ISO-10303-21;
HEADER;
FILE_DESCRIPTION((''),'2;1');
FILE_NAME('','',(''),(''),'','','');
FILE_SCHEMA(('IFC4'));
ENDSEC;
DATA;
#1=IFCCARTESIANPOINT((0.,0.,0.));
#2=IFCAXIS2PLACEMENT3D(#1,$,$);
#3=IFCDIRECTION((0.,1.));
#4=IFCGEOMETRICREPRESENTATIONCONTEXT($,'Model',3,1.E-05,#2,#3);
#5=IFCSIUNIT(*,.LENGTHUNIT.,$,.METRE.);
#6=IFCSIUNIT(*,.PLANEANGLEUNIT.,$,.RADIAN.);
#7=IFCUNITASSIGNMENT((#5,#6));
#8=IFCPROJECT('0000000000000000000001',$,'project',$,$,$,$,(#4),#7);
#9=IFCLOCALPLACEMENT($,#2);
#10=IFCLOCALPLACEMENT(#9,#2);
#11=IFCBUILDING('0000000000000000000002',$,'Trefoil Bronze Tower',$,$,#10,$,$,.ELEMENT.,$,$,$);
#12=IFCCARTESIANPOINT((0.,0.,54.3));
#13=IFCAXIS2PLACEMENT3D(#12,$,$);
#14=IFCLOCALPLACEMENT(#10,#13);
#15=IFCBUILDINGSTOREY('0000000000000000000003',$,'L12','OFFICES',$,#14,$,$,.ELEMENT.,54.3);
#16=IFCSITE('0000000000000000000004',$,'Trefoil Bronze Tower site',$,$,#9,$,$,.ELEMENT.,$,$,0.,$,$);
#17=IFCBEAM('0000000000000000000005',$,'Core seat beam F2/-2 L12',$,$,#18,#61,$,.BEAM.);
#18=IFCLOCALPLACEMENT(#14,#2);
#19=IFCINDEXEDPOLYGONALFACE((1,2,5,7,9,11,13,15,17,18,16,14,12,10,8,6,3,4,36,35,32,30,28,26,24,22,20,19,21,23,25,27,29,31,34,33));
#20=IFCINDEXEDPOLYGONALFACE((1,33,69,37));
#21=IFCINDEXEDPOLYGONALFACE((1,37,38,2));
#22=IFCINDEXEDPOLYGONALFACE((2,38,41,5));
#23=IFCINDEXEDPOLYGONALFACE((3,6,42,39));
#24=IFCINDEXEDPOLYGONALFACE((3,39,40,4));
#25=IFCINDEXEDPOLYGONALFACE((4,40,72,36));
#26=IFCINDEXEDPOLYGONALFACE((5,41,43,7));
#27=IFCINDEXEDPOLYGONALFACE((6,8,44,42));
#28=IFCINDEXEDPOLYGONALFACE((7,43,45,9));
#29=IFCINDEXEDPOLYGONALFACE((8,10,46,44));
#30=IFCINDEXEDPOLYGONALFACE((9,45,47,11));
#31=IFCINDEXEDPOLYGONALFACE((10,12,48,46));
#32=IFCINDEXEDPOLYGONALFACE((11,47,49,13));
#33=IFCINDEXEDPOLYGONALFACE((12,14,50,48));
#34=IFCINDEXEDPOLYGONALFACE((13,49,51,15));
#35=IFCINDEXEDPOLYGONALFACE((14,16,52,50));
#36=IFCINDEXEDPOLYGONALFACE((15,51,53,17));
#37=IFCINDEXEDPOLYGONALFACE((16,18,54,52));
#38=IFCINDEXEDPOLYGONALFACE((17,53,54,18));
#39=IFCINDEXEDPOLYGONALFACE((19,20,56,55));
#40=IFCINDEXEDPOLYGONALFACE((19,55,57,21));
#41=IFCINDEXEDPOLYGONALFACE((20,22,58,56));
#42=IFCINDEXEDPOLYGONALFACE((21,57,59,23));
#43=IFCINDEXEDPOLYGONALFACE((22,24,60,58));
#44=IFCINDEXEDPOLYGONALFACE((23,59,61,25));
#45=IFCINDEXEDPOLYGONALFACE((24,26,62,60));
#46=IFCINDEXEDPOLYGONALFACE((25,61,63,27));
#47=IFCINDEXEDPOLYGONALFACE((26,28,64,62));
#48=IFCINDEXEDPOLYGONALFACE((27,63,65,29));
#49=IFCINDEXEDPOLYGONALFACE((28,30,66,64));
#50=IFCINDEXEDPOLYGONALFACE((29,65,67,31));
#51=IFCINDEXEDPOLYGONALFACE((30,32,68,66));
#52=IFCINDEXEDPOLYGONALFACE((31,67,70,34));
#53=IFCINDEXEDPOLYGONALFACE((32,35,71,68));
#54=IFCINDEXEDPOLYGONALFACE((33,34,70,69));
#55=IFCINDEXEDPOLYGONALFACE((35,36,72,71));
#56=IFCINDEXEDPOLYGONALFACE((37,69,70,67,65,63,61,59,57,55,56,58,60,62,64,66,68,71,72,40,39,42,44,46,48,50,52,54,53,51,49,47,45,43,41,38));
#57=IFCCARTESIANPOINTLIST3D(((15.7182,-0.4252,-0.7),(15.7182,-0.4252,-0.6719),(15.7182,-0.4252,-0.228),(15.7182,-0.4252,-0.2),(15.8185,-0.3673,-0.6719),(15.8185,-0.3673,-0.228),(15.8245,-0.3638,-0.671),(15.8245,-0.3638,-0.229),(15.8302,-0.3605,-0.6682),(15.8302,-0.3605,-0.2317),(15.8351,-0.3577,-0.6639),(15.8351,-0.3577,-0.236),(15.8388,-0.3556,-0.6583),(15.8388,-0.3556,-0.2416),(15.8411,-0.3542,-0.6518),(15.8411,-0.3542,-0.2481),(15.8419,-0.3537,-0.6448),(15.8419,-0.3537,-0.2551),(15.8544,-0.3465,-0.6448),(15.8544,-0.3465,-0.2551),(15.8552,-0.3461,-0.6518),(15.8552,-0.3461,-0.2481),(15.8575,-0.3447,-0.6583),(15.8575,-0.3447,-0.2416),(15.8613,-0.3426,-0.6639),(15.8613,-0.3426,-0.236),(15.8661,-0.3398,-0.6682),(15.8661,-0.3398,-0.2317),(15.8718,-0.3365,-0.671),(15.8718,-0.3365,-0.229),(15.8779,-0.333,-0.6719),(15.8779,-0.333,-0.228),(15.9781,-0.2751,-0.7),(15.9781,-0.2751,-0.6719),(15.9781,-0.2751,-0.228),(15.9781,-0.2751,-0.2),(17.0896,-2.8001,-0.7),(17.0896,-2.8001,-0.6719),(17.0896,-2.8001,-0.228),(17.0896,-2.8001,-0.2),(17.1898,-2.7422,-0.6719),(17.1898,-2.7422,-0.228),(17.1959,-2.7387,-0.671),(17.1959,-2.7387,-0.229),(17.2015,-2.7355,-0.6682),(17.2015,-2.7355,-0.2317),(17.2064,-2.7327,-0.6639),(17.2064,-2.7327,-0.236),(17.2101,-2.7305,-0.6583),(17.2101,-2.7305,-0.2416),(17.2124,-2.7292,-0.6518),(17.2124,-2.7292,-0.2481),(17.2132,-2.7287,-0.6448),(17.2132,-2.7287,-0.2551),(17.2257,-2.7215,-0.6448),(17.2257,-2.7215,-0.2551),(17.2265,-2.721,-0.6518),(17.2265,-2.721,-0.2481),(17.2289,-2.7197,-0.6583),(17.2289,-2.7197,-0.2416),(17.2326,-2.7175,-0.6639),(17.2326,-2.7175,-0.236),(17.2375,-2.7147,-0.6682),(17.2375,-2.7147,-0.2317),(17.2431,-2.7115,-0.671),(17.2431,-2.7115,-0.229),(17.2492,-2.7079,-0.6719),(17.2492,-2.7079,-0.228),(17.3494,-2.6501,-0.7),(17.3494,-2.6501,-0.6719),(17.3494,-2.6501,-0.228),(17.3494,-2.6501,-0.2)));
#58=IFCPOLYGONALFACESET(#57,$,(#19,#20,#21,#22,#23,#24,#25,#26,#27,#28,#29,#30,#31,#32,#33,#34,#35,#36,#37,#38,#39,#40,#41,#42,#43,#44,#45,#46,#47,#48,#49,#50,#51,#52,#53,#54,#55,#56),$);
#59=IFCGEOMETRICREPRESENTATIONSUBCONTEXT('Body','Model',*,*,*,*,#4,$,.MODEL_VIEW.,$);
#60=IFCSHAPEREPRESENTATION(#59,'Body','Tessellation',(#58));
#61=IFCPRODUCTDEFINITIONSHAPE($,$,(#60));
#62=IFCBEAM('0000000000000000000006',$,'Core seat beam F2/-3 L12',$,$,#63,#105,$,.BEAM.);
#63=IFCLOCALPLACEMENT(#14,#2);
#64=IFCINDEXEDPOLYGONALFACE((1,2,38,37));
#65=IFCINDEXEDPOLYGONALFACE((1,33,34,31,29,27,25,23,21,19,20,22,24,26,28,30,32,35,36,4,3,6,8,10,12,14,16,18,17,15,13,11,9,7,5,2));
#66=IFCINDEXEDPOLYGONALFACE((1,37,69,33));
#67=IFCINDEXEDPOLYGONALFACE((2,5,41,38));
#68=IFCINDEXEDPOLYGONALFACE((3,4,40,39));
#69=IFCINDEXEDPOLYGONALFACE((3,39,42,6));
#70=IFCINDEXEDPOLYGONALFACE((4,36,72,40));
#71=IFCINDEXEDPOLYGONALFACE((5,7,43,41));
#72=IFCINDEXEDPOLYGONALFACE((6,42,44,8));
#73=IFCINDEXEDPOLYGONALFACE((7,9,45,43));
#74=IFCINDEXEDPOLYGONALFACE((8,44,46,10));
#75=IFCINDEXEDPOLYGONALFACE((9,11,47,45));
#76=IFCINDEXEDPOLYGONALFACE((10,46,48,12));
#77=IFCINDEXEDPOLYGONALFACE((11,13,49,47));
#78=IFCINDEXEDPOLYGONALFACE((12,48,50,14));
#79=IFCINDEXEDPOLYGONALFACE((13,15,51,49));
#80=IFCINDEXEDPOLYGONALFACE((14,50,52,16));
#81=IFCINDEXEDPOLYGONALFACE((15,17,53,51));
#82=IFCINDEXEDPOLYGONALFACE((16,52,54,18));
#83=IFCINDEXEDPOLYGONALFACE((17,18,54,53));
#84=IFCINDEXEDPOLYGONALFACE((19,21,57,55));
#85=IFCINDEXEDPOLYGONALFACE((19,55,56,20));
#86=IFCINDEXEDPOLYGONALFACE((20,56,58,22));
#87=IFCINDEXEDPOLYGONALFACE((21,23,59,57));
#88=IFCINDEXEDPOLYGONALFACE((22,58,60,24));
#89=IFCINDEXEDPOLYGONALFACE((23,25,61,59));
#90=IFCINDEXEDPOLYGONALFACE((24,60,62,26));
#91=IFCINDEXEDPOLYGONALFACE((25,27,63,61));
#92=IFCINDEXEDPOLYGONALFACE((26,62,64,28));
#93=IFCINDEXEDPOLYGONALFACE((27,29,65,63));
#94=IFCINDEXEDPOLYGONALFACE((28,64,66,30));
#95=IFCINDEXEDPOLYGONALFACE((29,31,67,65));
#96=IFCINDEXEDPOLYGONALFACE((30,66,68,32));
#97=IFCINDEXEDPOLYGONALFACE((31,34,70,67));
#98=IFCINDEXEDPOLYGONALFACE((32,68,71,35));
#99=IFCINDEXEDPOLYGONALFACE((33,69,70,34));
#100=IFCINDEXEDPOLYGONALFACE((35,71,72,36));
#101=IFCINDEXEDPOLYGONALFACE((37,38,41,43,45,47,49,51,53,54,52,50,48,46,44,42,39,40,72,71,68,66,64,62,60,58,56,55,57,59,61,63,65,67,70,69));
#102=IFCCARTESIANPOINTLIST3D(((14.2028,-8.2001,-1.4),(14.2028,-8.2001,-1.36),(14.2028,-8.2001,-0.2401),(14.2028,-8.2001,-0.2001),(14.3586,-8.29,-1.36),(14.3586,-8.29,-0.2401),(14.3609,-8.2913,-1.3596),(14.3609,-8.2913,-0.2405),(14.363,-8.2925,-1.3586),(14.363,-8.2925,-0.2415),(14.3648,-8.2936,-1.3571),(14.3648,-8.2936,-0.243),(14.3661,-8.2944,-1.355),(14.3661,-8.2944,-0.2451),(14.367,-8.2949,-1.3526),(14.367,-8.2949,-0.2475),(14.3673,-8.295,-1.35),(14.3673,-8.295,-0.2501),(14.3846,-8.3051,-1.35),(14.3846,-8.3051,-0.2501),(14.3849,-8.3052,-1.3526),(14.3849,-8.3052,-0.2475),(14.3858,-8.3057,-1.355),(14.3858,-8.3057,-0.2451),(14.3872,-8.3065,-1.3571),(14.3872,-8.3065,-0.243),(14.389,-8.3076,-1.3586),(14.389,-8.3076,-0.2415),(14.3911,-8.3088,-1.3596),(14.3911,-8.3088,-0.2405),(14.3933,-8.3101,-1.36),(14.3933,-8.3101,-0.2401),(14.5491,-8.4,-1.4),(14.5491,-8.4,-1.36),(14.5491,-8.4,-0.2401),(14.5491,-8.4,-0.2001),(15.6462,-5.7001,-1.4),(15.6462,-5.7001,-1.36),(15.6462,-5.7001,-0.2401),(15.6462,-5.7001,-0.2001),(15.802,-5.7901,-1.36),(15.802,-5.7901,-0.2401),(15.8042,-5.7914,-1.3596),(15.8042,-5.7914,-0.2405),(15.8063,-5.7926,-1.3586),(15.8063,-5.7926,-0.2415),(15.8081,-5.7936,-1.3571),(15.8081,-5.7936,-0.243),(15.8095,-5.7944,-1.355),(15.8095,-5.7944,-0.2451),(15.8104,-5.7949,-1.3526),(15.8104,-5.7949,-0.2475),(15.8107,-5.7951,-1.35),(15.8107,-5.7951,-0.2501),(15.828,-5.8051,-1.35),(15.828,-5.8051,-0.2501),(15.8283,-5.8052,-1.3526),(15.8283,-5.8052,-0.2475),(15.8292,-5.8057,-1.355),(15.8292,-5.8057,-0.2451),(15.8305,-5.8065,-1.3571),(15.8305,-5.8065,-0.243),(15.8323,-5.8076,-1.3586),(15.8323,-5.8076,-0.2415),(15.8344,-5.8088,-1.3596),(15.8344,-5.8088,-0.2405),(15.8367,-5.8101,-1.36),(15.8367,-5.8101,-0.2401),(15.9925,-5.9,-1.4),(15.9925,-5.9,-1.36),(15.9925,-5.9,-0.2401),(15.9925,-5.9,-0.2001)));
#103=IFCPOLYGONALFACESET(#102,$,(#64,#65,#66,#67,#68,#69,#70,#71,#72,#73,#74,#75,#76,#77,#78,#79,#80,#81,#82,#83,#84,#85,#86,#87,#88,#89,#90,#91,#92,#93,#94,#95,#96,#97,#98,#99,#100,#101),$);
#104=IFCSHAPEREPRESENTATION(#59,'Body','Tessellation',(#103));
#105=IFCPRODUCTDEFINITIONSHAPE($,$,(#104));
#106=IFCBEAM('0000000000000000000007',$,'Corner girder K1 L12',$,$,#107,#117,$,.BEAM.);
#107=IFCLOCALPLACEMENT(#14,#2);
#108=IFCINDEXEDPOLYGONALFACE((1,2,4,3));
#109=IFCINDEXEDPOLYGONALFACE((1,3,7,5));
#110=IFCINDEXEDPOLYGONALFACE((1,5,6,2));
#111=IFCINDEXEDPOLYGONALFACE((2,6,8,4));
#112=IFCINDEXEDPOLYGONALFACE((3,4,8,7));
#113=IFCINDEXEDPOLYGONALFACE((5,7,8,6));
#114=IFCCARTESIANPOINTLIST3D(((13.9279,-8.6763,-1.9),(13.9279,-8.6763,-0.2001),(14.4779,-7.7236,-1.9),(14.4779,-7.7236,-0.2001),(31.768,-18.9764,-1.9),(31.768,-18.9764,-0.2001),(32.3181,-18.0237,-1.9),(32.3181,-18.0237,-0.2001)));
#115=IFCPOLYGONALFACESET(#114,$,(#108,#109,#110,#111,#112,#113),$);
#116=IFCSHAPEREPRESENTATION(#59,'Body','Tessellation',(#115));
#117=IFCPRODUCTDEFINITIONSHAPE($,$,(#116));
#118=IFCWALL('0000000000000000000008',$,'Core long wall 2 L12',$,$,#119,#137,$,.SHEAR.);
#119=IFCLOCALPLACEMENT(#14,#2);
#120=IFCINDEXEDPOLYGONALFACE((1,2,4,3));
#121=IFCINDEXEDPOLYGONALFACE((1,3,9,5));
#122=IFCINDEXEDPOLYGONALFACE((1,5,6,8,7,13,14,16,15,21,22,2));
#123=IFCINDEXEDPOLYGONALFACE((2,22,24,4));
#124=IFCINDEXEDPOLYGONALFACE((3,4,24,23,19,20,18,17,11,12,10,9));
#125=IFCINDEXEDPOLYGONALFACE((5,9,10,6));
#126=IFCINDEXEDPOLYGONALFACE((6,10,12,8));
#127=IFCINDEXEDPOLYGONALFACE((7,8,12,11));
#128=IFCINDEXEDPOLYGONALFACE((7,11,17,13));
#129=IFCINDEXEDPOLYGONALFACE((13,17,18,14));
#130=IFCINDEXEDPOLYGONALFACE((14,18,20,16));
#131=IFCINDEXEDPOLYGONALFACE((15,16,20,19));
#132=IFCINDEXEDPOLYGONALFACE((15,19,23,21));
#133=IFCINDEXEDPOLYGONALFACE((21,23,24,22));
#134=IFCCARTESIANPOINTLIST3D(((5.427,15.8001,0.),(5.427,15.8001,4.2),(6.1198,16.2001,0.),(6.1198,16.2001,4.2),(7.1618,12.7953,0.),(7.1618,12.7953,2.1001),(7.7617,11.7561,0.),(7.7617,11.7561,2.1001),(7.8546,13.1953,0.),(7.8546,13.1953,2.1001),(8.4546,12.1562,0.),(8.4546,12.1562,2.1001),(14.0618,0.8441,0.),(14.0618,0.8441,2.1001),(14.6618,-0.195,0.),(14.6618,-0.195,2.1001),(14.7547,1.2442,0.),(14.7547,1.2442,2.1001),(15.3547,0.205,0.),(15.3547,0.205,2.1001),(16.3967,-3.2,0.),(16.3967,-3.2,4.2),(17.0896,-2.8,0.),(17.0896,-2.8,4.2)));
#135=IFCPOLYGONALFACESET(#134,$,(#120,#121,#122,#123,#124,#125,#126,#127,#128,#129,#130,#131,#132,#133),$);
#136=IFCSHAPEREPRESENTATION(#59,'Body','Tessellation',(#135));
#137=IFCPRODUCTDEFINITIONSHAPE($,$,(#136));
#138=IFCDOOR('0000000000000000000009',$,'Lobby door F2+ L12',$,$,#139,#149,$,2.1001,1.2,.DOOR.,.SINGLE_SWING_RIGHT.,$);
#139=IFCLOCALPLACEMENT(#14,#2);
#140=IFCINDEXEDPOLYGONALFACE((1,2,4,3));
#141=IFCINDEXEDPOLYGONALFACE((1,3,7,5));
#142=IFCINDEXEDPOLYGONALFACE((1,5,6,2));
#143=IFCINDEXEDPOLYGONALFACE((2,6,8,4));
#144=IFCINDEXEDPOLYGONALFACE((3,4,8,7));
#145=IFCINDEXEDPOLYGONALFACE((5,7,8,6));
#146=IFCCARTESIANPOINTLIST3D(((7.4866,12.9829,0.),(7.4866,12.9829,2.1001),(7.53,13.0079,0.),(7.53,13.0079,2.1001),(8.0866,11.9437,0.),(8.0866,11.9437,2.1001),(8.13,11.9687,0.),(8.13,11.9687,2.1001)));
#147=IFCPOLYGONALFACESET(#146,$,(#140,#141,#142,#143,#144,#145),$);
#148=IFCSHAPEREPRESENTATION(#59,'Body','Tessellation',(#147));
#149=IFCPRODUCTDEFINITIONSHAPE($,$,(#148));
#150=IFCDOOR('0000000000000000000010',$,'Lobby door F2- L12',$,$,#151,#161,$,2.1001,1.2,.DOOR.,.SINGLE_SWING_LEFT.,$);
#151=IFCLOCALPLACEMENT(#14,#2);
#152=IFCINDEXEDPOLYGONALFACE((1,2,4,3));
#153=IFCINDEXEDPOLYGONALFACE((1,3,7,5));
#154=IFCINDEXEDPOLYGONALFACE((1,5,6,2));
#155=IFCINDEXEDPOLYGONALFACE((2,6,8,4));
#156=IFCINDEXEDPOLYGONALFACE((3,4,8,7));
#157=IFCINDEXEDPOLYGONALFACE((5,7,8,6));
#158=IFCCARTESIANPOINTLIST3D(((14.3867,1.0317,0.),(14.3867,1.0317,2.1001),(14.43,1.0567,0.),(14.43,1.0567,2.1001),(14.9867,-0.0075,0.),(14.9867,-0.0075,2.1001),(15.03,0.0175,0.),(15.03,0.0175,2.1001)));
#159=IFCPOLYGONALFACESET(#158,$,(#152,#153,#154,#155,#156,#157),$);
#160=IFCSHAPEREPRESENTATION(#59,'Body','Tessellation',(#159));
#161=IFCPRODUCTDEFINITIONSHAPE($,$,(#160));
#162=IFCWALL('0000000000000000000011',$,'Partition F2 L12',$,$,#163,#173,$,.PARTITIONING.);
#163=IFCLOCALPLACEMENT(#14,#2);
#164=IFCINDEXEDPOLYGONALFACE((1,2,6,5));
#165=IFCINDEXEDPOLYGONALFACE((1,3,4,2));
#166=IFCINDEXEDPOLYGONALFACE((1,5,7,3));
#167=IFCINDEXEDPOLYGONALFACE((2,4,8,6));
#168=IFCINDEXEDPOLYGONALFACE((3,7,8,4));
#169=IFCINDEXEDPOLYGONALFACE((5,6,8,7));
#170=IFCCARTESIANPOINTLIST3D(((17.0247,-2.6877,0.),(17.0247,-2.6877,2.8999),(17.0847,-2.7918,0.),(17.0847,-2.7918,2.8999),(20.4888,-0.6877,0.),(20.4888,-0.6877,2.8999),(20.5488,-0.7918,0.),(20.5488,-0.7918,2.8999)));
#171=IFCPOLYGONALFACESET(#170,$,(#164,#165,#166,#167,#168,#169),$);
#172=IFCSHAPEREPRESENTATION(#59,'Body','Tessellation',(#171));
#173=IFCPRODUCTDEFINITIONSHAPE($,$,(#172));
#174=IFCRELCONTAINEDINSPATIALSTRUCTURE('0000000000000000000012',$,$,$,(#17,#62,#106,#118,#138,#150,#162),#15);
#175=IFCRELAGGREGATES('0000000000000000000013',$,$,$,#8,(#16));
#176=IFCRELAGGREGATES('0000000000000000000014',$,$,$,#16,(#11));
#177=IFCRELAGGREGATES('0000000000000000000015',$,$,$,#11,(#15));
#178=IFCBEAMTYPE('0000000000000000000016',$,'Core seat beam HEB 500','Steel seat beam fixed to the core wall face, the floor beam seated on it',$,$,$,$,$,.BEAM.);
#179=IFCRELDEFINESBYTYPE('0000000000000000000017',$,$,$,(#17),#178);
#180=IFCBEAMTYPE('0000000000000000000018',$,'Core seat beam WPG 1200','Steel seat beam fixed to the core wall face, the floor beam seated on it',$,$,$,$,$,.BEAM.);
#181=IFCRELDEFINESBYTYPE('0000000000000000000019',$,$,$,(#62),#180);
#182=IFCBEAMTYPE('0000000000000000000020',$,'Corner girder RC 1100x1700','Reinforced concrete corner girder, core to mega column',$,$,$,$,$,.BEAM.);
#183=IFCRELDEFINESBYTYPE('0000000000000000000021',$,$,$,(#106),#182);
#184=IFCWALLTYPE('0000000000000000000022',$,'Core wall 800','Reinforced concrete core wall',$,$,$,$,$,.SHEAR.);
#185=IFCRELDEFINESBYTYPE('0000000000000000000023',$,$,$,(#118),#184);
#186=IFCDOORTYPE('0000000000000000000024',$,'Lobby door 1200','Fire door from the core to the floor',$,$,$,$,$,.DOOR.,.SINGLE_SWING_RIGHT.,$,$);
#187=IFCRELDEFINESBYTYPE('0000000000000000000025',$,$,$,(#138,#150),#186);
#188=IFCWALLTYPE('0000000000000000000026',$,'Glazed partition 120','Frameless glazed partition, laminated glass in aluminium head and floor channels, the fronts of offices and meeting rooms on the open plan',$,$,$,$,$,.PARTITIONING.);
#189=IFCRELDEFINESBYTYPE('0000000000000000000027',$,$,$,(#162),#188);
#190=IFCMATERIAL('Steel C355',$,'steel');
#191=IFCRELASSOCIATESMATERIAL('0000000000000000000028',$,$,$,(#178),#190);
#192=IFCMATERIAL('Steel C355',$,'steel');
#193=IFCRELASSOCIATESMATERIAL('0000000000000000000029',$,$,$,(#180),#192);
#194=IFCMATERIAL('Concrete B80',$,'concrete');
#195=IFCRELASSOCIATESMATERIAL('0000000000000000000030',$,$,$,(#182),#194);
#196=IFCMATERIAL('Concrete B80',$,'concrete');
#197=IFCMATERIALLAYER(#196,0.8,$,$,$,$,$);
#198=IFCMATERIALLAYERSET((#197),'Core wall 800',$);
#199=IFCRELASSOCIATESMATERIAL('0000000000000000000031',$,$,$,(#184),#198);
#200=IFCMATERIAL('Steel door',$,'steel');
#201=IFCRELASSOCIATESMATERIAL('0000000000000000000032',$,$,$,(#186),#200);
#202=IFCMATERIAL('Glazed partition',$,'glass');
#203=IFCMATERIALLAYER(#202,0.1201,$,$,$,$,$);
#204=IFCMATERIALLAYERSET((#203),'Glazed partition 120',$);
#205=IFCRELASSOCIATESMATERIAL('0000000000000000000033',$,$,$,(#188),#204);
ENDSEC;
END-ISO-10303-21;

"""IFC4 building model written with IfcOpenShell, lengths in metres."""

from ifc_helpers import new_model, si_unit, direction, frame, frame_2d, origin, origin_2d, place, context, subcontext, project, spatial, rectangle, i_section, extrude, material, layer, layer_set, material_profile, profile_set, type_object, element, fill, save


model = new_model("IFC4")

# Units and contexts
model_context = context("Model", 3, precision=1e-05, world=origin(), true_north=direction((0.0, 1.0)))
body_context = subcontext(model_context, "Body", "Model", "MODEL_VIEW")
ifc_project = project(units=[si_unit("LENGTHUNIT", "METRE"), si_unit("PLANEANGLEUNIT", "RADIAN")], contexts=[model_context])

# Site, building, storey
site_placement = place(None, origin())
site = spatial("IfcSite", under=ifc_project, at=site_placement, Name="Trefoil Bronze Tower site", CompositionType="ELEMENT", RefElevation=0.0)
building_placement = place(site_placement, origin())
building = spatial("IfcBuilding", under=site, at=building_placement, Name="Trefoil Bronze Tower", CompositionType="ELEMENT")
storey_placement = place(building_placement, frame((0.0, 0.0, 54.3)))
storey = spatial("IfcBuildingStorey", under=building, at=storey_placement, Name="L12", Description="OFFICES", CompositionType="ELEMENT", Elevation=54.3)

# Beams
ifc_material_1 = material(Name="Steel C355", Category="steel")
ifc_material_profile_1 = material_profile(ifc_material_1, i_section(OverallWidth=0.3, OverallDepth=0.5, WebThickness=0.0144, FlangeThickness=0.0281, FilletRadius=0.0271, at=origin_2d()), Name="HEB 500")
ifc_profile_set_1 = profile_set([ifc_material_profile_1], Name="Steel C355")
beam_type_1 = type_object("IfcBeamType", Name="Core seat beam HEB 500", Description="Steel seat beam fixed to the core wall face, the floor beam seated on it", PredefinedType="BEAM", material=ifc_profile_set_1)
beam_1_placement = place(storey_placement, frame((17.2195, -2.7251, -0.45), z_axis=(-0.500036, 0.866005, 0.0), x_axis=(-0.866005, -0.500036, 0.0)))
element("IfcBeam", 1, at=beam_1_placement, inside=storey, type_object=beam_type_1, Name="Core seat beam F2/-2 L12", PredefinedType="BEAM", context=body_context, shape_type="SweptSolid", body=[
    extrude(i_section(OverallWidth=0.3, OverallDepth=0.5, WebThickness=0.0144, FlangeThickness=0.0281, FilletRadius=0.0271, at=origin_2d()), origin(), (0.0, 0.0, 1.0), 2.7424),
])
ifc_material_2 = material(Name="Steel C355", Category="steel")
ifc_material_profile_2 = material_profile(ifc_material_2, i_section(OverallWidth=0.3999, OverallDepth=1.2, WebThickness=0.02, FlangeThickness=0.04, FilletRadius=0.01, at=origin_2d()), Name="WPG 1200")
ifc_profile_set_2 = profile_set([ifc_material_profile_2], Name="Steel C355")
beam_type_2 = type_object("IfcBeamType", Name="Core seat beam WPG 1200", Description="Steel seat beam fixed to the core wall face, the floor beam seated on it", PredefinedType="BEAM", material=ifc_profile_set_2)
beam_2_placement = place(storey_placement, frame((14.376, -8.3, -0.8), z_axis=(0.499996, 0.866028, 0.0), x_axis=(-0.866028, 0.499996, 0.0)))
element("IfcBeam", 2, at=beam_2_placement, inside=storey, type_object=beam_type_2, Name="Core seat beam F2/-3 L12", PredefinedType="BEAM", context=body_context, shape_type="SweptSolid", body=[
    extrude(i_section(OverallWidth=0.3999, OverallDepth=1.2, WebThickness=0.02, FlangeThickness=0.04, FilletRadius=0.01, at=origin_2d()), origin(), (0.0, 0.0, 1.0), 2.8867),
])
ifc_material_3 = material(Name="Concrete B80", Category="concrete")
ifc_material_profile_3 = material_profile(ifc_material_3, rectangle(XDim=1.1001, YDim=1.7, at=origin_2d()), Name="RC 1100x1700")
ifc_profile_set_3 = profile_set([ifc_material_profile_3], Name="Concrete B80")
beam_type_3 = type_object("IfcBeamType", Name="Corner girder RC 1100x1700", Description="Reinforced concrete corner girder, core to mega column", PredefinedType="BEAM", material=ifc_profile_set_3)
beam_3_placement = place(storey_placement, frame((14.2029, -8.2, -1.05), z_axis=(0.866024, -0.500003, 0.0), x_axis=(0.500003, 0.866024, 0.0)))
element("IfcBeam", 3, at=beam_3_placement, inside=storey, type_object=beam_type_3, Name="Corner girder K1 L12", PredefinedType="BEAM", context=body_context, shape_type="SweptSolid", body=[
    extrude(rectangle(XDim=1.1001, YDim=1.7, at=origin_2d()), origin(), (0.0, 0.0, 1.0), 20.6001),
])

# Wall, openings, doors
ifc_material_4 = material(Name="Concrete B80", Category="concrete")
ifc_layer_1 = layer(ifc_material_4, 0.8)
ifc_layer_set_1 = layer_set([ifc_layer_1], Name="Core wall 800")
wall_type_1 = type_object("IfcWallType", Name="Core wall 800", Description="Reinforced concrete core wall", PredefinedType="SHEAR", material=ifc_layer_set_1)
wall_1_placement = place(storey_placement, frame((16.7432, -3.0, 0.0), z_axis=(0.0, 0.0, 1.0), x_axis=(-0.500002, 0.866024, 0.0)))
wall_1 = element("IfcWall", 4, at=wall_1_placement, inside=storey, type_object=wall_type_1, Name="Core long wall 2 L12", PredefinedType="SHEAR", context=body_context, shape_type="SweptSolid", body=[
    extrude(rectangle(XDim=21.9395, YDim=0.8, at=frame_2d((10.9697, 0.0))), origin(), (0.0, 0.0, 1.0), 4.2),
])
opening_1_placement = place(wall_1_placement, frame((17.2698, 0.0, 0.0)))
opening_1 = element("IfcOpeningElement", 5, at=opening_1_placement, cuts=wall_1, PredefinedType="OPENING", context=body_context, shape_type="SweptSolid", body=[
    extrude(rectangle(XDim=1.2, YDim=2.1001, at=frame_2d((0.6001, 1.05))), frame((0.0, 0.4099, 0.0), z_axis=(0.0, -1.0, 0.0), x_axis=(1.0, 0.0, 0.0)), (0.0, 0.0, 1.0), 0.8201),
])
opening_2_placement = place(wall_1_placement, frame((3.4697, 0.0, 0.0)))
opening_2 = element("IfcOpeningElement", 6, at=opening_2_placement, cuts=wall_1, PredefinedType="OPENING", context=body_context, shape_type="SweptSolid", body=[
    extrude(rectangle(XDim=1.2, YDim=2.1001, at=frame_2d((0.6001, 1.05))), frame((0.0, 0.4099, 0.0), z_axis=(0.0, -1.0, 0.0), x_axis=(1.0, 0.0, 0.0)), (0.0, 0.0, 1.0), 0.8201),
])
ifc_material_5 = material(Name="Steel door", Category="steel")
door_type_1 = type_object("IfcDoorType", Name="Lobby door 1200", Description="Fire door from the core to the floor", OperationType="SINGLE_SWING_RIGHT", PredefinedType="DOOR", material=ifc_material_5)
door_1_placement = place(opening_1_placement, origin())
door_1 = element("IfcDoor", 7, at=door_1_placement, inside=storey, type_object=door_type_1, Name="Lobby door F2+ L12", OperationType="SINGLE_SWING_RIGHT", OverallHeight=2.1001, OverallWidth=1.2, PredefinedType="DOOR", context=body_context, shape_type="SweptSolid", body=[
    extrude(rectangle(XDim=1.2, YDim=2.1001, at=frame_2d((0.6001, 1.05))), frame((0.0, 0.0249, 0.0), z_axis=(0.0, -1.0, 0.0), x_axis=(1.0, 0.0, 0.0)), (0.0, 0.0, 1.0), 0.05),
])
fill(opening_1, door_1)
door_2_placement = place(opening_2_placement, origin())
door_2 = element("IfcDoor", 8, at=door_2_placement, inside=storey, type_object=door_type_1, Name="Lobby door F2- L12", OperationType="SINGLE_SWING_LEFT", OverallHeight=2.1001, OverallWidth=1.2, PredefinedType="DOOR", context=body_context, shape_type="SweptSolid", body=[
    extrude(rectangle(XDim=1.2, YDim=2.1001, at=frame_2d((0.6001, 1.05))), frame((0.0, 0.0249, 0.0), z_axis=(0.0, -1.0, 0.0), x_axis=(1.0, 0.0, 0.0)), (0.0, 0.0, 1.0), 0.05),
])
fill(opening_2, door_2)

# Wall
ifc_material_6 = material(Name="Glazed partition", Category="glass")
ifc_layer_2 = layer(ifc_material_6, 0.1201)
ifc_layer_set_2 = layer_set([ifc_layer_2], Name="Glazed partition 120")
wall_type_2 = type_object("IfcWallType", Name="Glazed partition 120", Description="Frameless glazed partition, laminated glass in aluminium head and floor channels, the fronts of offices and meeting rooms on the open plan", PredefinedType="PARTITIONING", material=ifc_layer_set_2)
for number, where, z_axis, x_axis, name in (
    (9, (17.0547, -2.7397, 0.0), (0.0, 0.0, 1.0), (0.866026, 0.499999, 0.0), "Partition F2 L12"),
):
    element("IfcWall", number, at=place(storey_placement, frame(where, z_axis=z_axis, x_axis=x_axis)), inside=storey, type_object=wall_type_2, Name=name, PredefinedType="PARTITIONING", context=body_context, shape_type="SweptSolid", body=[
        extrude(rectangle(XDim=4.0, YDim=0.1201, at=frame_2d((2.0, 0.0))), origin(), (0.0, 0.0, 1.0), 2.8999),
    ])

save(model, "model.ifc")
